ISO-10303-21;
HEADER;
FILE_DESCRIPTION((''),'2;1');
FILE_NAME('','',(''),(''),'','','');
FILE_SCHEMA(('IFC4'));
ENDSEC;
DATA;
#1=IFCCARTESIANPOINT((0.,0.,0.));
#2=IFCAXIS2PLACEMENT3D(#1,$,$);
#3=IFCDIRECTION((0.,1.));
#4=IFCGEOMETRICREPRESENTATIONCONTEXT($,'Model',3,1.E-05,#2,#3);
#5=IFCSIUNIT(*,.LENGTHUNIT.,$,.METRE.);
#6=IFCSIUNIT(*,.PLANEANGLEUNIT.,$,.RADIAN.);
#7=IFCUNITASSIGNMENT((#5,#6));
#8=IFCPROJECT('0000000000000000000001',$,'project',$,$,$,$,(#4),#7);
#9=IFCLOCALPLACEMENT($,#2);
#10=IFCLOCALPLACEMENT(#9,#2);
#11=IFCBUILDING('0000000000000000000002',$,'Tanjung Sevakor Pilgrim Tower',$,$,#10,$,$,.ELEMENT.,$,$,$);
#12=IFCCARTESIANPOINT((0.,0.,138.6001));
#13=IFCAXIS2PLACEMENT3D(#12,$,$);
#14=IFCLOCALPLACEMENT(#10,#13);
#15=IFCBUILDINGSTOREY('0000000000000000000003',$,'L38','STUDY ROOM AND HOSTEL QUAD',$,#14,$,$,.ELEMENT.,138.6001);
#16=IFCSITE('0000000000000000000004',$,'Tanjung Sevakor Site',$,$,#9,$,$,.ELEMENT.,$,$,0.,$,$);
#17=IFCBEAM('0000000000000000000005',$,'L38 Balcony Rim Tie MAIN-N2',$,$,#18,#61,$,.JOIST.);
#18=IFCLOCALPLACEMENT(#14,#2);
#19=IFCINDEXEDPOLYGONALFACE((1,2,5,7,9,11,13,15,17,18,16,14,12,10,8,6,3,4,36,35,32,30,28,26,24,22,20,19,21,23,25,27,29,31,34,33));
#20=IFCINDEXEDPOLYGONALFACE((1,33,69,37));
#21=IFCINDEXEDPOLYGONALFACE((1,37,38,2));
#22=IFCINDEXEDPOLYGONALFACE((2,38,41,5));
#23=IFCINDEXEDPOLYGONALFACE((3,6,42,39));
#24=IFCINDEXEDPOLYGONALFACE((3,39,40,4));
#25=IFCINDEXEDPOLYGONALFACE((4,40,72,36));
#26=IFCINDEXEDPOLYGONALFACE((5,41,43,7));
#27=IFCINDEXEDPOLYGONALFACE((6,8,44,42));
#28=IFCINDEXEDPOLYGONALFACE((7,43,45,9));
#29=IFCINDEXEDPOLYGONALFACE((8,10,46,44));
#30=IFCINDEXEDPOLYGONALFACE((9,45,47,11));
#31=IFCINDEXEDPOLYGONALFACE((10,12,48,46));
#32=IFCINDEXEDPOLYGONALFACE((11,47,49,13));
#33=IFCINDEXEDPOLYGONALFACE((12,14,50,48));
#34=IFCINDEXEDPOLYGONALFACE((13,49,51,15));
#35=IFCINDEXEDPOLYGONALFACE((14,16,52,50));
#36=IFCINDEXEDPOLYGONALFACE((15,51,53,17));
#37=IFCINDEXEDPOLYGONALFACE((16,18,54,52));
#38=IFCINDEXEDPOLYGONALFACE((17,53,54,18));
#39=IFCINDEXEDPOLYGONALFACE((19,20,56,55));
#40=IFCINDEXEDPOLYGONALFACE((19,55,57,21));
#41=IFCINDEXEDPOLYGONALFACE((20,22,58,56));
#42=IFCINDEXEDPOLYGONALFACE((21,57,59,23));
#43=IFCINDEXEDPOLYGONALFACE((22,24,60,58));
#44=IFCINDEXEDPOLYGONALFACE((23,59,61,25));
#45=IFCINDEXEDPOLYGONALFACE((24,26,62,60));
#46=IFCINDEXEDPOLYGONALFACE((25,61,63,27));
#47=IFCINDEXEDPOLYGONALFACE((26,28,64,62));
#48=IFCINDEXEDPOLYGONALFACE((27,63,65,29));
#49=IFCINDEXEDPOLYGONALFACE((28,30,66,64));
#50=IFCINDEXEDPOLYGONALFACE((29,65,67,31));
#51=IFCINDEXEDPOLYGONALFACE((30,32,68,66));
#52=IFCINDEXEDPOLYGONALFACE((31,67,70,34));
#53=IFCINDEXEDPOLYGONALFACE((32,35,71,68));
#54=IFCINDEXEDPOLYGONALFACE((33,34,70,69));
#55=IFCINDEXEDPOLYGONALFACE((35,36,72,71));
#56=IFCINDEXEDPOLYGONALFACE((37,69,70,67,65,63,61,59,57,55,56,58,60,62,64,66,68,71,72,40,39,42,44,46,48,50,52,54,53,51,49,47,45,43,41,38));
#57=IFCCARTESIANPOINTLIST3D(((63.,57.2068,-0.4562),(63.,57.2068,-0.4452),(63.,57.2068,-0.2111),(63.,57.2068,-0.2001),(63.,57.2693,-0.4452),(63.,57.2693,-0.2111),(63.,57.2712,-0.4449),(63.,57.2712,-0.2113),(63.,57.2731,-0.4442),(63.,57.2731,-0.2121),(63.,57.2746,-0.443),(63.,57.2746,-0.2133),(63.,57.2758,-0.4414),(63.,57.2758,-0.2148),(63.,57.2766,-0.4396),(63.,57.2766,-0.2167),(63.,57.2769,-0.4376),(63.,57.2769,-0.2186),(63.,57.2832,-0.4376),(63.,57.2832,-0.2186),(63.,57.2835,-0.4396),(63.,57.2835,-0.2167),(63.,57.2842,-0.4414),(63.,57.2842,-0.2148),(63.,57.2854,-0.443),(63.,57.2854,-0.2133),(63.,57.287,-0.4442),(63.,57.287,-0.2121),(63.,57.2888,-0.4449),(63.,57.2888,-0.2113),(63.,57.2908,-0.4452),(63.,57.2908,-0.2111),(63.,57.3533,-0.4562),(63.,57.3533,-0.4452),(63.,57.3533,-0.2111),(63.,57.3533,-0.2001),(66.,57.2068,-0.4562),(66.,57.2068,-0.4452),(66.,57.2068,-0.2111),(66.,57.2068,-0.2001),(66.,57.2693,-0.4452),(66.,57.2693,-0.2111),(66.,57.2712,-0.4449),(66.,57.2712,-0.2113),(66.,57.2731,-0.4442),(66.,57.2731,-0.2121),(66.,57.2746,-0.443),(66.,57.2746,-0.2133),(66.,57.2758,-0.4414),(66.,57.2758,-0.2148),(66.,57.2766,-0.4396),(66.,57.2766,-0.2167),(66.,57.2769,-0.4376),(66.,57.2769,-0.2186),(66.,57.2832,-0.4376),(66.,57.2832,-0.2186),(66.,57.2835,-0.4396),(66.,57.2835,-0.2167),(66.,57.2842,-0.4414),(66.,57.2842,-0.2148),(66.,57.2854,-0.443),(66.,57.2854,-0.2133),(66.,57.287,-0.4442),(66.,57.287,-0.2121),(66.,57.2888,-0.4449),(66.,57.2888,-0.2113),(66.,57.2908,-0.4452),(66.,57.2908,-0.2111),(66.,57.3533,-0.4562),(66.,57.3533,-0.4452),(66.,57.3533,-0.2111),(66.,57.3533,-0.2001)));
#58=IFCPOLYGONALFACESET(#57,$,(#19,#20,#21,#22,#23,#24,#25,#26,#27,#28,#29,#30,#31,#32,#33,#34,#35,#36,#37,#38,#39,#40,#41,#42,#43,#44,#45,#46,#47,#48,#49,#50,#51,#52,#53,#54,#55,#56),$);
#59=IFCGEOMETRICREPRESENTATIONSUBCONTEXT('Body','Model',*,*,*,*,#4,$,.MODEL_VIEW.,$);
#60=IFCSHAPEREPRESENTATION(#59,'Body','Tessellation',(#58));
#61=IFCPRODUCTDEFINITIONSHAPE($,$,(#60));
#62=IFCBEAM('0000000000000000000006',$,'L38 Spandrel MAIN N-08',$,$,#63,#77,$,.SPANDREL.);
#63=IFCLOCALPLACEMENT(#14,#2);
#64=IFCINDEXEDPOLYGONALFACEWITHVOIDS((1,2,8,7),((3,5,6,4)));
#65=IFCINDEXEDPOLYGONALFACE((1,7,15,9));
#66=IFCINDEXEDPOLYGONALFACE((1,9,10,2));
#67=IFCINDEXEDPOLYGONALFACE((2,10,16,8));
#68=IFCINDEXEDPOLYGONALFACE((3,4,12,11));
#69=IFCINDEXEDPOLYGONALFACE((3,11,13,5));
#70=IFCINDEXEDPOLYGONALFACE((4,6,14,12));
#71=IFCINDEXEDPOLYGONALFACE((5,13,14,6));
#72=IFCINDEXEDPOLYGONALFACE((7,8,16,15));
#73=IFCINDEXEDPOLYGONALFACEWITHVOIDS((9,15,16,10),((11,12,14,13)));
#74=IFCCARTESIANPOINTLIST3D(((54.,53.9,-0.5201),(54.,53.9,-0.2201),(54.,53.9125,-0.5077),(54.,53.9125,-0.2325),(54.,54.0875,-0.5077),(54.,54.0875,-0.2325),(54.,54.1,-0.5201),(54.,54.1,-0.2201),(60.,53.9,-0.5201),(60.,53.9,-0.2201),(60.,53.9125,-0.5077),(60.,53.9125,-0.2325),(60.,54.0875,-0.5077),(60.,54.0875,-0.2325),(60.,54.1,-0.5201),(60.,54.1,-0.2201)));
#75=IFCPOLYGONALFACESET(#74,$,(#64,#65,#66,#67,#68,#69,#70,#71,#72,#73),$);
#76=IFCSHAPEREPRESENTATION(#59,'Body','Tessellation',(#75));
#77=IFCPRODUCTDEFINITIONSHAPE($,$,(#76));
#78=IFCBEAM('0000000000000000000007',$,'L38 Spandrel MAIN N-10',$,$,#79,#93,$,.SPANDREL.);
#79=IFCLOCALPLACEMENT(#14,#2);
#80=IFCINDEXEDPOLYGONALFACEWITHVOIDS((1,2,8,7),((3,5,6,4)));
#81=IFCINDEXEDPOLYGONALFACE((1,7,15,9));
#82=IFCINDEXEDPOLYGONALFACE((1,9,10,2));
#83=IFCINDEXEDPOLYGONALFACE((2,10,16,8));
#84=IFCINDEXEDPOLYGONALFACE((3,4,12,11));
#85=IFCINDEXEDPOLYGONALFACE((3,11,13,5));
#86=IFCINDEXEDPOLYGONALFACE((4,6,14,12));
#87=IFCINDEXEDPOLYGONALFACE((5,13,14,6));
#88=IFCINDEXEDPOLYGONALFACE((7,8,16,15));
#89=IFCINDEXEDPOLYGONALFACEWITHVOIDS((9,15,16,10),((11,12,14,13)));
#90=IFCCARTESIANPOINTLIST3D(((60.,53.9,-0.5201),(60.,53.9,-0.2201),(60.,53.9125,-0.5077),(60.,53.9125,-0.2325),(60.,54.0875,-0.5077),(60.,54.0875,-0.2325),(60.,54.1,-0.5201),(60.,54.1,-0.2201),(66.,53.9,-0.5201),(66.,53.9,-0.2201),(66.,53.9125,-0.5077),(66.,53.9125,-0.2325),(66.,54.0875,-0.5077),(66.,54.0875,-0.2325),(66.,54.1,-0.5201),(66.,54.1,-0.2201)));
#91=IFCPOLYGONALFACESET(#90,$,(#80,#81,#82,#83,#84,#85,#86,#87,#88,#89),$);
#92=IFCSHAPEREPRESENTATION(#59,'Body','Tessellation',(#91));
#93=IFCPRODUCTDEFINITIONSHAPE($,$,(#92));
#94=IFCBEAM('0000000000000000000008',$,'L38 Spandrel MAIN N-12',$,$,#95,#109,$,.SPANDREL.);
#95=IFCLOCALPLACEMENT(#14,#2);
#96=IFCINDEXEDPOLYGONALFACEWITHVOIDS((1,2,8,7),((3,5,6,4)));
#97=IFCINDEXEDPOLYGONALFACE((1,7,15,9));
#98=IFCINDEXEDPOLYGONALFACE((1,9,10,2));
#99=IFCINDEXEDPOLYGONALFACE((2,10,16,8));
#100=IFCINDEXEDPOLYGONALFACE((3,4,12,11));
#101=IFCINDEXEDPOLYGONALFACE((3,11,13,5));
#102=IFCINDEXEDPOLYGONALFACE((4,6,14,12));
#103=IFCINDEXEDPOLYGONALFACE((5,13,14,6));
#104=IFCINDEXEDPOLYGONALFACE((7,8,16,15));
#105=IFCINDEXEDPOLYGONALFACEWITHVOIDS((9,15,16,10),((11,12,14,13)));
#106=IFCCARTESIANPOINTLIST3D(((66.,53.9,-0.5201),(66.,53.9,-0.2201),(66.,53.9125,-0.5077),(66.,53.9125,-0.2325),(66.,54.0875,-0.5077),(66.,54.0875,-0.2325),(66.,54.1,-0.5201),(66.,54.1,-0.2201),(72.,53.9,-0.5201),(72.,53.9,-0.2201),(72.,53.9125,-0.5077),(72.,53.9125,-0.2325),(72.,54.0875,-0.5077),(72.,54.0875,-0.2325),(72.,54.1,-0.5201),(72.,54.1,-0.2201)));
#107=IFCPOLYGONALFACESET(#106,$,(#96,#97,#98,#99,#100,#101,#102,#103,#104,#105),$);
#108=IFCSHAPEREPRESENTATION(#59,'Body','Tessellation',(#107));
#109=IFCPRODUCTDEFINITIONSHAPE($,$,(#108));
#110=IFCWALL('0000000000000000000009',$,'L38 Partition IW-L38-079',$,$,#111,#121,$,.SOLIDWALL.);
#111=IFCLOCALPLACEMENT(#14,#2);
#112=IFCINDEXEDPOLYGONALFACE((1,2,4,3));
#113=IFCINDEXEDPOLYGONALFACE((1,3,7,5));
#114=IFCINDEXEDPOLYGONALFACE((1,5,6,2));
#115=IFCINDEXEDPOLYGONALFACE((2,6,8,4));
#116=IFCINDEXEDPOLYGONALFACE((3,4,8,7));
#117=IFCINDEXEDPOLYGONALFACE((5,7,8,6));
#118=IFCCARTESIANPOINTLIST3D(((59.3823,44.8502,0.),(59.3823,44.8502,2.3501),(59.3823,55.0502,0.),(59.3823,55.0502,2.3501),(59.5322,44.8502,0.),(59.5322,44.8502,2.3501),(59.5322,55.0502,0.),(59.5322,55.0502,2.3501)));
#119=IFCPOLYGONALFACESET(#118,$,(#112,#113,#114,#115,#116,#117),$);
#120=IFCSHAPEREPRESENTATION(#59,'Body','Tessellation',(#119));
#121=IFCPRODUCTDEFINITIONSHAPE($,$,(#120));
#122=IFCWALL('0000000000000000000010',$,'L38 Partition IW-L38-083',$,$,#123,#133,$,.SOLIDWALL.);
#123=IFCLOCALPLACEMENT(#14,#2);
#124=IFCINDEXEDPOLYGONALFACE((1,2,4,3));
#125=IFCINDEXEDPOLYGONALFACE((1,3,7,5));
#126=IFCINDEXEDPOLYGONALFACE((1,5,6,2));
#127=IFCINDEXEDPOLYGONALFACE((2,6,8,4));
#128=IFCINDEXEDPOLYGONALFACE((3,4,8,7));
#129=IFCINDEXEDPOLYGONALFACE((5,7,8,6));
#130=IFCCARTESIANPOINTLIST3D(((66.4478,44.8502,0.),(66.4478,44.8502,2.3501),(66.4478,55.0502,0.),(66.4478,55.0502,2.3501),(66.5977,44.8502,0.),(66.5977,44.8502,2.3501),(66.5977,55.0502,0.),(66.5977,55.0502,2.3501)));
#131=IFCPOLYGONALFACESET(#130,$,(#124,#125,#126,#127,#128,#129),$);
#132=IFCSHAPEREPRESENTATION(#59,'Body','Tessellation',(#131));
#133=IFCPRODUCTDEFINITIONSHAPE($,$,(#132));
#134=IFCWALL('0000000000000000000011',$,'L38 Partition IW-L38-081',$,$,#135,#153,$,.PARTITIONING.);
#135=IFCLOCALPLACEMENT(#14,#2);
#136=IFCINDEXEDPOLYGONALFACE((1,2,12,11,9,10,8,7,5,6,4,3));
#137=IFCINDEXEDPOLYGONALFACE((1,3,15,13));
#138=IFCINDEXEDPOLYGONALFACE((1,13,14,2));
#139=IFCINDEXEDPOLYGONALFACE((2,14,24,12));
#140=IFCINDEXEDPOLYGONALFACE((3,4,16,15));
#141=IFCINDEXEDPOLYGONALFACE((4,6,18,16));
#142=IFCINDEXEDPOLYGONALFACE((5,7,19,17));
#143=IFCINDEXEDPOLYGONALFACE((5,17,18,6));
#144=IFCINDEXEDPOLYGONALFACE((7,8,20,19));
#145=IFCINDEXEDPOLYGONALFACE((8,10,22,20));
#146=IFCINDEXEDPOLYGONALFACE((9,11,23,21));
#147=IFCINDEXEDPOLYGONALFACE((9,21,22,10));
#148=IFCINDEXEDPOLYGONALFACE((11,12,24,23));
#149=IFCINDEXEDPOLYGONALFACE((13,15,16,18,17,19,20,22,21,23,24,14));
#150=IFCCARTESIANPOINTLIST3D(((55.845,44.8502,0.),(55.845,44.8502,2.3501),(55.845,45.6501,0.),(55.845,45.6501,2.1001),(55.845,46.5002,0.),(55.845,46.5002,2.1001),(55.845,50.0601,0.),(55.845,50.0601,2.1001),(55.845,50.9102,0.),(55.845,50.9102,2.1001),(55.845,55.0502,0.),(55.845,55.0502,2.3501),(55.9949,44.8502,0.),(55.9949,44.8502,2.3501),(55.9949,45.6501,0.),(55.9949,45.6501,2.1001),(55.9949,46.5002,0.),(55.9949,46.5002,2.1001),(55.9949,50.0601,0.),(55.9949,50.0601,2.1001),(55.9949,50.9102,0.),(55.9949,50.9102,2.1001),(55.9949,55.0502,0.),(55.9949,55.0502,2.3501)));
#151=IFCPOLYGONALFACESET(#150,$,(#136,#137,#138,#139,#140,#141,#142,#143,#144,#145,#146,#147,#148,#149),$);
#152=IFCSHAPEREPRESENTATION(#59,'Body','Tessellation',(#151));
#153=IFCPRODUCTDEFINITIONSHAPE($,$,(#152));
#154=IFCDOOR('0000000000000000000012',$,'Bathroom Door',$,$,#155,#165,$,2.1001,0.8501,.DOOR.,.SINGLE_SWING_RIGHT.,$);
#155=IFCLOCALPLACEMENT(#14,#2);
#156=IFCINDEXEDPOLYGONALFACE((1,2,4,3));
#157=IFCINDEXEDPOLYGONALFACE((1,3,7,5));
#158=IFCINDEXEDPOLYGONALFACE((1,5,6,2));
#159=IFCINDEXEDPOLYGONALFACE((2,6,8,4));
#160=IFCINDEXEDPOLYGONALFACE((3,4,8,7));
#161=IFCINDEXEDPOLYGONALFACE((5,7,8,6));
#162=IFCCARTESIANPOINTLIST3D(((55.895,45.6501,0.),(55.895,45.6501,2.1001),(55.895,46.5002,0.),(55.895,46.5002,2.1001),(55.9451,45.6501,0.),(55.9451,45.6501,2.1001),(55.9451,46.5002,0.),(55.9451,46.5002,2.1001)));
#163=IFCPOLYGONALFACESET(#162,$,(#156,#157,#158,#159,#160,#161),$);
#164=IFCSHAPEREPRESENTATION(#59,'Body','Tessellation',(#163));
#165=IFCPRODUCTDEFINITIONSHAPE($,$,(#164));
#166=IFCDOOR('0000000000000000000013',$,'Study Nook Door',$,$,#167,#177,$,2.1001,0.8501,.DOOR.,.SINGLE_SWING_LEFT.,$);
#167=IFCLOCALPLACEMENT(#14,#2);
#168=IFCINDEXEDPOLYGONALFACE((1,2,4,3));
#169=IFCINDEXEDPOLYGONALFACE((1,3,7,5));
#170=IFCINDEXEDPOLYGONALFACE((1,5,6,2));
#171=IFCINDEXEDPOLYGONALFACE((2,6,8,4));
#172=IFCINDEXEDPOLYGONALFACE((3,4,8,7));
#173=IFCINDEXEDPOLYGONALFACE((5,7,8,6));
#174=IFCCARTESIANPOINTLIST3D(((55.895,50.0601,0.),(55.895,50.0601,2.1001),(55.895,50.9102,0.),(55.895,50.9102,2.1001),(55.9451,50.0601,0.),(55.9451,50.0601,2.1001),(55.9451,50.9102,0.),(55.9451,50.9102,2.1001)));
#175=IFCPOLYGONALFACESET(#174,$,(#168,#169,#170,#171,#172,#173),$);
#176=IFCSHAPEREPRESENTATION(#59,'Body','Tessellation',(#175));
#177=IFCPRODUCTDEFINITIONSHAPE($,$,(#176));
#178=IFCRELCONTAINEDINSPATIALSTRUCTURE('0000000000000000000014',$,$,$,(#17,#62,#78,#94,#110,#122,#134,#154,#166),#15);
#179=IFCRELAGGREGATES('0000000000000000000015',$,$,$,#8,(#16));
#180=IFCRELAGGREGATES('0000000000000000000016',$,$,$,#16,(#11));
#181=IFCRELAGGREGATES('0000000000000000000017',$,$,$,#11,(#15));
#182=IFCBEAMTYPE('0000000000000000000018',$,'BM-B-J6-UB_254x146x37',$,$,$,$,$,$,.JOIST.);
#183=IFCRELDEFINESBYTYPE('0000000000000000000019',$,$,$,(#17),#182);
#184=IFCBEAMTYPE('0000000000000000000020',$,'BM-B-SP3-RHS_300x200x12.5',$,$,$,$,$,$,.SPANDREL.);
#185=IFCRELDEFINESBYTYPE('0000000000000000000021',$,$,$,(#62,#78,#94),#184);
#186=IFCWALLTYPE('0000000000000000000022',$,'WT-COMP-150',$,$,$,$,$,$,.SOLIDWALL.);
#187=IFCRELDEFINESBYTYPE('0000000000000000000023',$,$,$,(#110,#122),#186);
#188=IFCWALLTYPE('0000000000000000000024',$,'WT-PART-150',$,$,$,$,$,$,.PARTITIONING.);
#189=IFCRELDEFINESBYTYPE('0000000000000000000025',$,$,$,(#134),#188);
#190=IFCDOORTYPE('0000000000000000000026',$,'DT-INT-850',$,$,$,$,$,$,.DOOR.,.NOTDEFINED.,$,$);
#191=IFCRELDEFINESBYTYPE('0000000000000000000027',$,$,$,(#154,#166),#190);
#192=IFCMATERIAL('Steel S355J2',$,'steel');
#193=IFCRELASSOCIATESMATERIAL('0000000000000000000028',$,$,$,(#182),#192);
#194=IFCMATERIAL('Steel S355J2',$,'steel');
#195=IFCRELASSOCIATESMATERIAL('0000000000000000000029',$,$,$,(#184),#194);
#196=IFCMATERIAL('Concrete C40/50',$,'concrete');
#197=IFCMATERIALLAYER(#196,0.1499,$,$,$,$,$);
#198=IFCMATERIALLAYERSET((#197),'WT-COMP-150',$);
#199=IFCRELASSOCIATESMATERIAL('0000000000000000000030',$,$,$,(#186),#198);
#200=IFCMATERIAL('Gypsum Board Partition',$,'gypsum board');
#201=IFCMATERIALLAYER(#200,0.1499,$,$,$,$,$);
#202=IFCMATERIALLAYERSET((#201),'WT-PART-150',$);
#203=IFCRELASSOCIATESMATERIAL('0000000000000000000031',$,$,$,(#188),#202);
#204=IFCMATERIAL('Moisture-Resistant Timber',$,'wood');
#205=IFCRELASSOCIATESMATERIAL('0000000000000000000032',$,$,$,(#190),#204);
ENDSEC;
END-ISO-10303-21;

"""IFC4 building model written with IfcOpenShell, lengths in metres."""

from ifc_helpers import new_model, si_unit, direction, frame, frame_2d, origin, origin_2d, place, context, subcontext, project, spatial, rectangle, hollow_rectangle, i_section, extrude, material, layer, layer_set, material_profile, profile_set, type_object, element, fill, save


model = new_model("IFC4")

# Units and contexts
model_context = context("Model", 3, precision=1e-05, world=origin(), true_north=direction((0.0, 1.0)))
body_context = subcontext(model_context, "Body", "Model", "MODEL_VIEW")
ifc_project = project(units=[si_unit("LENGTHUNIT", "METRE"), si_unit("PLANEANGLEUNIT", "RADIAN")], contexts=[model_context])

# Site, building, storey
site_placement = place(None, origin())
site = spatial("IfcSite", under=ifc_project, at=site_placement, Name="Tanjung Sevakor Site", CompositionType="ELEMENT", RefElevation=0.0)
building_placement = place(site_placement, origin())
building = spatial("IfcBuilding", under=site, at=building_placement, Name="Tanjung Sevakor Pilgrim Tower", CompositionType="ELEMENT")
storey_placement = place(building_placement, frame((0.0, 0.0, 138.6001)))
storey = spatial("IfcBuildingStorey", under=building, at=storey_placement, Name="L38", Description="STUDY ROOM AND HOSTEL QUAD", CompositionType="ELEMENT", Elevation=138.6001)

# Beams
ifc_material_1 = material(Name="Steel S355J2", Category="steel")
ifc_material_profile_1 = material_profile(ifc_material_1, i_section(OverallWidth=0.1465, OverallDepth=0.2561, WebThickness=0.0063, FlangeThickness=0.011, FilletRadius=0.0076, at=origin_2d()))
ifc_profile_set_1 = profile_set([ifc_material_profile_1], Name="Steel S355J2")
beam_type_1 = type_object("IfcBeamType", Name="BM-B-J6-UB_254x146x37", PredefinedType="JOIST", material=ifc_profile_set_1)
beam_1_placement = place(storey_placement, frame((63.0, 57.28, -0.3281), z_axis=(1.0, 0.0, 0.0), x_axis=(0.0, 1.0, 0.0)))
element("IfcBeam", 1, at=beam_1_placement, inside=storey, type_object=beam_type_1, Name="L38 Balcony Rim Tie MAIN-N2", PredefinedType="JOIST", context=body_context, shape_type="SweptSolid", body=[
    extrude(i_section(OverallWidth=0.1465, OverallDepth=0.2561, WebThickness=0.0063, FlangeThickness=0.011, FilletRadius=0.0076, at=origin_2d()), origin(), (0.0, 0.0, 1.0), 3.0),
])
ifc_material_2 = material(Name="Steel S355J2", Category="steel")
ifc_material_profile_2 = material_profile(ifc_material_2, hollow_rectangle(XDim=0.2, YDim=0.3, WallThickness=0.0125, at=origin_2d()))
ifc_profile_set_2 = profile_set([ifc_material_profile_2], Name="Steel S355J2")
beam_type_2 = type_object("IfcBeamType", Name="BM-B-SP3-RHS_300x200x12.5", PredefinedType="SPANDREL", material=ifc_profile_set_2)
for number, where, z_axis, x_axis, name in (
    (2, (54.0, 54.0, -0.3701), (1.0, 0.0, 0.0), (0.0, 1.0, 0.0), "L38 Spandrel MAIN N-08"),
    (3, (60.0, 54.0, -0.3701), (1.0, 0.0, 0.0), (0.0, 1.0, 0.0), "L38 Spandrel MAIN N-10"),
    (4, (66.0, 54.0, -0.3701), (1.0, 0.0, 0.0), (0.0, 1.0, 0.0), "L38 Spandrel MAIN N-12"),
):
    element("IfcBeam", number, at=place(storey_placement, frame(where, z_axis=z_axis, x_axis=x_axis)), inside=storey, type_object=beam_type_2, Name=name, PredefinedType="SPANDREL", context=body_context, shape_type="SweptSolid", body=[
        extrude(hollow_rectangle(XDim=0.2, YDim=0.3, WallThickness=0.0125, at=origin_2d()), origin(), (0.0, 0.0, 1.0), 6.0),
    ])

# Walls
ifc_material_3 = material(Name="Concrete C40/50", Category="concrete")
ifc_layer_1 = layer(ifc_material_3, 0.1499)
ifc_layer_set_1 = layer_set([ifc_layer_1], Name="WT-COMP-150")
wall_type_1 = type_object("IfcWallType", Name="WT-COMP-150", PredefinedType="SOLIDWALL", material=ifc_layer_set_1)
for number, where, z_axis, x_axis, name in (
    (5, (59.4573, 44.8501, 0.0), (0.0, 0.0, 1.0), (0.0, 1.0, 0.0), "L38 Partition IW-L38-079"),
    (6, (66.5227, 44.8501, 0.0), (0.0, 0.0, 1.0), (0.0, 1.0, 0.0), "L38 Partition IW-L38-083"),
):
    element("IfcWall", number, at=place(storey_placement, frame(where, z_axis=z_axis, x_axis=x_axis)), inside=storey, type_object=wall_type_1, Name=name, PredefinedType="SOLIDWALL", context=body_context, shape_type="SweptSolid", body=[
        extrude(rectangle(XDim=10.2, YDim=0.1499, at=frame_2d((5.1001, 0.0))), origin(), (0.0, 0.0, 1.0), 2.3501),
    ])

# Wall, openings, doors
ifc_material_4 = material(Name="Gypsum Board Partition", Category="gypsum board")
ifc_layer_2 = layer(ifc_material_4, 0.1499)
ifc_layer_set_2 = layer_set([ifc_layer_2], Name="WT-PART-150")
wall_type_2 = type_object("IfcWallType", Name="WT-PART-150", PredefinedType="PARTITIONING", material=ifc_layer_set_2)
wall_1_placement = place(storey_placement, frame((55.9199, 44.8501, 0.0), z_axis=(0.0, 0.0, 1.0), x_axis=(0.0, 1.0, 0.0)))
wall_1 = element("IfcWall", 7, at=wall_1_placement, inside=storey, type_object=wall_type_2, Name="L38 Partition IW-L38-081", PredefinedType="PARTITIONING", context=body_context, shape_type="SweptSolid", body=[
    extrude(rectangle(XDim=10.2, YDim=0.1499, at=frame_2d((5.1001, 0.0))), origin(), (0.0, 0.0, 1.0), 2.3501),
])
opening_1_placement = place(wall_1_placement, frame((0.8, 0.0, 0.0)))
opening_1 = element("IfcOpeningElement", 8, at=opening_1_placement, cuts=wall_1, PredefinedType="OPENING", context=body_context, shape_type="SweptSolid", body=[
    extrude(rectangle(XDim=0.8501, YDim=2.1001, at=frame_2d((0.425, 1.05))), frame((0.0, 0.085, 0.0), z_axis=(0.0, -1.0, 0.0), x_axis=(1.0, 0.0, 0.0)), (0.0, 0.0, 1.0), 0.1699),
])
opening_2_placement = place(wall_1_placement, frame((5.21, 0.0, 0.0)))
opening_2 = element("IfcOpeningElement", 9, at=opening_2_placement, cuts=wall_1, PredefinedType="OPENING", context=body_context, shape_type="SweptSolid", body=[
    extrude(rectangle(XDim=0.8501, YDim=2.1001, at=frame_2d((0.425, 1.05))), frame((0.0, 0.085, 0.0), z_axis=(0.0, -1.0, 0.0), x_axis=(1.0, 0.0, 0.0)), (0.0, 0.0, 1.0), 0.1699),
])
ifc_material_5 = material(Name="Moisture-Resistant Timber", Category="wood")
door_type_1 = type_object("IfcDoorType", Name="DT-INT-850", OperationType="NOTDEFINED", PredefinedType="DOOR", material=ifc_material_5)
door_1_placement = place(opening_1_placement, origin())
door_1 = element("IfcDoor", 10, at=door_1_placement, inside=storey, type_object=door_type_1, Name="Bathroom Door", OperationType="SINGLE_SWING_RIGHT", OverallHeight=2.1001, OverallWidth=0.8501, PredefinedType="DOOR", context=body_context, shape_type="SweptSolid", body=[
    extrude(rectangle(XDim=0.8501, YDim=2.1001, at=frame_2d((0.425, 1.05))), frame((0.0, 0.0249, 0.0), z_axis=(0.0, -1.0, 0.0), x_axis=(1.0, 0.0, 0.0)), (0.0, 0.0, 1.0), 0.05),
])
fill(opening_1, door_1)
door_2_placement = place(opening_2_placement, origin())
door_2 = element("IfcDoor", 11, at=door_2_placement, inside=storey, type_object=door_type_1, Name="Study Nook Door", OperationType="SINGLE_SWING_LEFT", OverallHeight=2.1001, OverallWidth=0.8501, PredefinedType="DOOR", context=body_context, shape_type="SweptSolid", body=[
    extrude(rectangle(XDim=0.8501, YDim=2.1001, at=frame_2d((0.425, 1.05))), frame((0.0, 0.0249, 0.0), z_axis=(0.0, -1.0, 0.0), x_axis=(1.0, 0.0, 0.0)), (0.0, 0.0, 1.0), 0.05),
])
fill(opening_2, door_2)

save(model, "model.ifc")
